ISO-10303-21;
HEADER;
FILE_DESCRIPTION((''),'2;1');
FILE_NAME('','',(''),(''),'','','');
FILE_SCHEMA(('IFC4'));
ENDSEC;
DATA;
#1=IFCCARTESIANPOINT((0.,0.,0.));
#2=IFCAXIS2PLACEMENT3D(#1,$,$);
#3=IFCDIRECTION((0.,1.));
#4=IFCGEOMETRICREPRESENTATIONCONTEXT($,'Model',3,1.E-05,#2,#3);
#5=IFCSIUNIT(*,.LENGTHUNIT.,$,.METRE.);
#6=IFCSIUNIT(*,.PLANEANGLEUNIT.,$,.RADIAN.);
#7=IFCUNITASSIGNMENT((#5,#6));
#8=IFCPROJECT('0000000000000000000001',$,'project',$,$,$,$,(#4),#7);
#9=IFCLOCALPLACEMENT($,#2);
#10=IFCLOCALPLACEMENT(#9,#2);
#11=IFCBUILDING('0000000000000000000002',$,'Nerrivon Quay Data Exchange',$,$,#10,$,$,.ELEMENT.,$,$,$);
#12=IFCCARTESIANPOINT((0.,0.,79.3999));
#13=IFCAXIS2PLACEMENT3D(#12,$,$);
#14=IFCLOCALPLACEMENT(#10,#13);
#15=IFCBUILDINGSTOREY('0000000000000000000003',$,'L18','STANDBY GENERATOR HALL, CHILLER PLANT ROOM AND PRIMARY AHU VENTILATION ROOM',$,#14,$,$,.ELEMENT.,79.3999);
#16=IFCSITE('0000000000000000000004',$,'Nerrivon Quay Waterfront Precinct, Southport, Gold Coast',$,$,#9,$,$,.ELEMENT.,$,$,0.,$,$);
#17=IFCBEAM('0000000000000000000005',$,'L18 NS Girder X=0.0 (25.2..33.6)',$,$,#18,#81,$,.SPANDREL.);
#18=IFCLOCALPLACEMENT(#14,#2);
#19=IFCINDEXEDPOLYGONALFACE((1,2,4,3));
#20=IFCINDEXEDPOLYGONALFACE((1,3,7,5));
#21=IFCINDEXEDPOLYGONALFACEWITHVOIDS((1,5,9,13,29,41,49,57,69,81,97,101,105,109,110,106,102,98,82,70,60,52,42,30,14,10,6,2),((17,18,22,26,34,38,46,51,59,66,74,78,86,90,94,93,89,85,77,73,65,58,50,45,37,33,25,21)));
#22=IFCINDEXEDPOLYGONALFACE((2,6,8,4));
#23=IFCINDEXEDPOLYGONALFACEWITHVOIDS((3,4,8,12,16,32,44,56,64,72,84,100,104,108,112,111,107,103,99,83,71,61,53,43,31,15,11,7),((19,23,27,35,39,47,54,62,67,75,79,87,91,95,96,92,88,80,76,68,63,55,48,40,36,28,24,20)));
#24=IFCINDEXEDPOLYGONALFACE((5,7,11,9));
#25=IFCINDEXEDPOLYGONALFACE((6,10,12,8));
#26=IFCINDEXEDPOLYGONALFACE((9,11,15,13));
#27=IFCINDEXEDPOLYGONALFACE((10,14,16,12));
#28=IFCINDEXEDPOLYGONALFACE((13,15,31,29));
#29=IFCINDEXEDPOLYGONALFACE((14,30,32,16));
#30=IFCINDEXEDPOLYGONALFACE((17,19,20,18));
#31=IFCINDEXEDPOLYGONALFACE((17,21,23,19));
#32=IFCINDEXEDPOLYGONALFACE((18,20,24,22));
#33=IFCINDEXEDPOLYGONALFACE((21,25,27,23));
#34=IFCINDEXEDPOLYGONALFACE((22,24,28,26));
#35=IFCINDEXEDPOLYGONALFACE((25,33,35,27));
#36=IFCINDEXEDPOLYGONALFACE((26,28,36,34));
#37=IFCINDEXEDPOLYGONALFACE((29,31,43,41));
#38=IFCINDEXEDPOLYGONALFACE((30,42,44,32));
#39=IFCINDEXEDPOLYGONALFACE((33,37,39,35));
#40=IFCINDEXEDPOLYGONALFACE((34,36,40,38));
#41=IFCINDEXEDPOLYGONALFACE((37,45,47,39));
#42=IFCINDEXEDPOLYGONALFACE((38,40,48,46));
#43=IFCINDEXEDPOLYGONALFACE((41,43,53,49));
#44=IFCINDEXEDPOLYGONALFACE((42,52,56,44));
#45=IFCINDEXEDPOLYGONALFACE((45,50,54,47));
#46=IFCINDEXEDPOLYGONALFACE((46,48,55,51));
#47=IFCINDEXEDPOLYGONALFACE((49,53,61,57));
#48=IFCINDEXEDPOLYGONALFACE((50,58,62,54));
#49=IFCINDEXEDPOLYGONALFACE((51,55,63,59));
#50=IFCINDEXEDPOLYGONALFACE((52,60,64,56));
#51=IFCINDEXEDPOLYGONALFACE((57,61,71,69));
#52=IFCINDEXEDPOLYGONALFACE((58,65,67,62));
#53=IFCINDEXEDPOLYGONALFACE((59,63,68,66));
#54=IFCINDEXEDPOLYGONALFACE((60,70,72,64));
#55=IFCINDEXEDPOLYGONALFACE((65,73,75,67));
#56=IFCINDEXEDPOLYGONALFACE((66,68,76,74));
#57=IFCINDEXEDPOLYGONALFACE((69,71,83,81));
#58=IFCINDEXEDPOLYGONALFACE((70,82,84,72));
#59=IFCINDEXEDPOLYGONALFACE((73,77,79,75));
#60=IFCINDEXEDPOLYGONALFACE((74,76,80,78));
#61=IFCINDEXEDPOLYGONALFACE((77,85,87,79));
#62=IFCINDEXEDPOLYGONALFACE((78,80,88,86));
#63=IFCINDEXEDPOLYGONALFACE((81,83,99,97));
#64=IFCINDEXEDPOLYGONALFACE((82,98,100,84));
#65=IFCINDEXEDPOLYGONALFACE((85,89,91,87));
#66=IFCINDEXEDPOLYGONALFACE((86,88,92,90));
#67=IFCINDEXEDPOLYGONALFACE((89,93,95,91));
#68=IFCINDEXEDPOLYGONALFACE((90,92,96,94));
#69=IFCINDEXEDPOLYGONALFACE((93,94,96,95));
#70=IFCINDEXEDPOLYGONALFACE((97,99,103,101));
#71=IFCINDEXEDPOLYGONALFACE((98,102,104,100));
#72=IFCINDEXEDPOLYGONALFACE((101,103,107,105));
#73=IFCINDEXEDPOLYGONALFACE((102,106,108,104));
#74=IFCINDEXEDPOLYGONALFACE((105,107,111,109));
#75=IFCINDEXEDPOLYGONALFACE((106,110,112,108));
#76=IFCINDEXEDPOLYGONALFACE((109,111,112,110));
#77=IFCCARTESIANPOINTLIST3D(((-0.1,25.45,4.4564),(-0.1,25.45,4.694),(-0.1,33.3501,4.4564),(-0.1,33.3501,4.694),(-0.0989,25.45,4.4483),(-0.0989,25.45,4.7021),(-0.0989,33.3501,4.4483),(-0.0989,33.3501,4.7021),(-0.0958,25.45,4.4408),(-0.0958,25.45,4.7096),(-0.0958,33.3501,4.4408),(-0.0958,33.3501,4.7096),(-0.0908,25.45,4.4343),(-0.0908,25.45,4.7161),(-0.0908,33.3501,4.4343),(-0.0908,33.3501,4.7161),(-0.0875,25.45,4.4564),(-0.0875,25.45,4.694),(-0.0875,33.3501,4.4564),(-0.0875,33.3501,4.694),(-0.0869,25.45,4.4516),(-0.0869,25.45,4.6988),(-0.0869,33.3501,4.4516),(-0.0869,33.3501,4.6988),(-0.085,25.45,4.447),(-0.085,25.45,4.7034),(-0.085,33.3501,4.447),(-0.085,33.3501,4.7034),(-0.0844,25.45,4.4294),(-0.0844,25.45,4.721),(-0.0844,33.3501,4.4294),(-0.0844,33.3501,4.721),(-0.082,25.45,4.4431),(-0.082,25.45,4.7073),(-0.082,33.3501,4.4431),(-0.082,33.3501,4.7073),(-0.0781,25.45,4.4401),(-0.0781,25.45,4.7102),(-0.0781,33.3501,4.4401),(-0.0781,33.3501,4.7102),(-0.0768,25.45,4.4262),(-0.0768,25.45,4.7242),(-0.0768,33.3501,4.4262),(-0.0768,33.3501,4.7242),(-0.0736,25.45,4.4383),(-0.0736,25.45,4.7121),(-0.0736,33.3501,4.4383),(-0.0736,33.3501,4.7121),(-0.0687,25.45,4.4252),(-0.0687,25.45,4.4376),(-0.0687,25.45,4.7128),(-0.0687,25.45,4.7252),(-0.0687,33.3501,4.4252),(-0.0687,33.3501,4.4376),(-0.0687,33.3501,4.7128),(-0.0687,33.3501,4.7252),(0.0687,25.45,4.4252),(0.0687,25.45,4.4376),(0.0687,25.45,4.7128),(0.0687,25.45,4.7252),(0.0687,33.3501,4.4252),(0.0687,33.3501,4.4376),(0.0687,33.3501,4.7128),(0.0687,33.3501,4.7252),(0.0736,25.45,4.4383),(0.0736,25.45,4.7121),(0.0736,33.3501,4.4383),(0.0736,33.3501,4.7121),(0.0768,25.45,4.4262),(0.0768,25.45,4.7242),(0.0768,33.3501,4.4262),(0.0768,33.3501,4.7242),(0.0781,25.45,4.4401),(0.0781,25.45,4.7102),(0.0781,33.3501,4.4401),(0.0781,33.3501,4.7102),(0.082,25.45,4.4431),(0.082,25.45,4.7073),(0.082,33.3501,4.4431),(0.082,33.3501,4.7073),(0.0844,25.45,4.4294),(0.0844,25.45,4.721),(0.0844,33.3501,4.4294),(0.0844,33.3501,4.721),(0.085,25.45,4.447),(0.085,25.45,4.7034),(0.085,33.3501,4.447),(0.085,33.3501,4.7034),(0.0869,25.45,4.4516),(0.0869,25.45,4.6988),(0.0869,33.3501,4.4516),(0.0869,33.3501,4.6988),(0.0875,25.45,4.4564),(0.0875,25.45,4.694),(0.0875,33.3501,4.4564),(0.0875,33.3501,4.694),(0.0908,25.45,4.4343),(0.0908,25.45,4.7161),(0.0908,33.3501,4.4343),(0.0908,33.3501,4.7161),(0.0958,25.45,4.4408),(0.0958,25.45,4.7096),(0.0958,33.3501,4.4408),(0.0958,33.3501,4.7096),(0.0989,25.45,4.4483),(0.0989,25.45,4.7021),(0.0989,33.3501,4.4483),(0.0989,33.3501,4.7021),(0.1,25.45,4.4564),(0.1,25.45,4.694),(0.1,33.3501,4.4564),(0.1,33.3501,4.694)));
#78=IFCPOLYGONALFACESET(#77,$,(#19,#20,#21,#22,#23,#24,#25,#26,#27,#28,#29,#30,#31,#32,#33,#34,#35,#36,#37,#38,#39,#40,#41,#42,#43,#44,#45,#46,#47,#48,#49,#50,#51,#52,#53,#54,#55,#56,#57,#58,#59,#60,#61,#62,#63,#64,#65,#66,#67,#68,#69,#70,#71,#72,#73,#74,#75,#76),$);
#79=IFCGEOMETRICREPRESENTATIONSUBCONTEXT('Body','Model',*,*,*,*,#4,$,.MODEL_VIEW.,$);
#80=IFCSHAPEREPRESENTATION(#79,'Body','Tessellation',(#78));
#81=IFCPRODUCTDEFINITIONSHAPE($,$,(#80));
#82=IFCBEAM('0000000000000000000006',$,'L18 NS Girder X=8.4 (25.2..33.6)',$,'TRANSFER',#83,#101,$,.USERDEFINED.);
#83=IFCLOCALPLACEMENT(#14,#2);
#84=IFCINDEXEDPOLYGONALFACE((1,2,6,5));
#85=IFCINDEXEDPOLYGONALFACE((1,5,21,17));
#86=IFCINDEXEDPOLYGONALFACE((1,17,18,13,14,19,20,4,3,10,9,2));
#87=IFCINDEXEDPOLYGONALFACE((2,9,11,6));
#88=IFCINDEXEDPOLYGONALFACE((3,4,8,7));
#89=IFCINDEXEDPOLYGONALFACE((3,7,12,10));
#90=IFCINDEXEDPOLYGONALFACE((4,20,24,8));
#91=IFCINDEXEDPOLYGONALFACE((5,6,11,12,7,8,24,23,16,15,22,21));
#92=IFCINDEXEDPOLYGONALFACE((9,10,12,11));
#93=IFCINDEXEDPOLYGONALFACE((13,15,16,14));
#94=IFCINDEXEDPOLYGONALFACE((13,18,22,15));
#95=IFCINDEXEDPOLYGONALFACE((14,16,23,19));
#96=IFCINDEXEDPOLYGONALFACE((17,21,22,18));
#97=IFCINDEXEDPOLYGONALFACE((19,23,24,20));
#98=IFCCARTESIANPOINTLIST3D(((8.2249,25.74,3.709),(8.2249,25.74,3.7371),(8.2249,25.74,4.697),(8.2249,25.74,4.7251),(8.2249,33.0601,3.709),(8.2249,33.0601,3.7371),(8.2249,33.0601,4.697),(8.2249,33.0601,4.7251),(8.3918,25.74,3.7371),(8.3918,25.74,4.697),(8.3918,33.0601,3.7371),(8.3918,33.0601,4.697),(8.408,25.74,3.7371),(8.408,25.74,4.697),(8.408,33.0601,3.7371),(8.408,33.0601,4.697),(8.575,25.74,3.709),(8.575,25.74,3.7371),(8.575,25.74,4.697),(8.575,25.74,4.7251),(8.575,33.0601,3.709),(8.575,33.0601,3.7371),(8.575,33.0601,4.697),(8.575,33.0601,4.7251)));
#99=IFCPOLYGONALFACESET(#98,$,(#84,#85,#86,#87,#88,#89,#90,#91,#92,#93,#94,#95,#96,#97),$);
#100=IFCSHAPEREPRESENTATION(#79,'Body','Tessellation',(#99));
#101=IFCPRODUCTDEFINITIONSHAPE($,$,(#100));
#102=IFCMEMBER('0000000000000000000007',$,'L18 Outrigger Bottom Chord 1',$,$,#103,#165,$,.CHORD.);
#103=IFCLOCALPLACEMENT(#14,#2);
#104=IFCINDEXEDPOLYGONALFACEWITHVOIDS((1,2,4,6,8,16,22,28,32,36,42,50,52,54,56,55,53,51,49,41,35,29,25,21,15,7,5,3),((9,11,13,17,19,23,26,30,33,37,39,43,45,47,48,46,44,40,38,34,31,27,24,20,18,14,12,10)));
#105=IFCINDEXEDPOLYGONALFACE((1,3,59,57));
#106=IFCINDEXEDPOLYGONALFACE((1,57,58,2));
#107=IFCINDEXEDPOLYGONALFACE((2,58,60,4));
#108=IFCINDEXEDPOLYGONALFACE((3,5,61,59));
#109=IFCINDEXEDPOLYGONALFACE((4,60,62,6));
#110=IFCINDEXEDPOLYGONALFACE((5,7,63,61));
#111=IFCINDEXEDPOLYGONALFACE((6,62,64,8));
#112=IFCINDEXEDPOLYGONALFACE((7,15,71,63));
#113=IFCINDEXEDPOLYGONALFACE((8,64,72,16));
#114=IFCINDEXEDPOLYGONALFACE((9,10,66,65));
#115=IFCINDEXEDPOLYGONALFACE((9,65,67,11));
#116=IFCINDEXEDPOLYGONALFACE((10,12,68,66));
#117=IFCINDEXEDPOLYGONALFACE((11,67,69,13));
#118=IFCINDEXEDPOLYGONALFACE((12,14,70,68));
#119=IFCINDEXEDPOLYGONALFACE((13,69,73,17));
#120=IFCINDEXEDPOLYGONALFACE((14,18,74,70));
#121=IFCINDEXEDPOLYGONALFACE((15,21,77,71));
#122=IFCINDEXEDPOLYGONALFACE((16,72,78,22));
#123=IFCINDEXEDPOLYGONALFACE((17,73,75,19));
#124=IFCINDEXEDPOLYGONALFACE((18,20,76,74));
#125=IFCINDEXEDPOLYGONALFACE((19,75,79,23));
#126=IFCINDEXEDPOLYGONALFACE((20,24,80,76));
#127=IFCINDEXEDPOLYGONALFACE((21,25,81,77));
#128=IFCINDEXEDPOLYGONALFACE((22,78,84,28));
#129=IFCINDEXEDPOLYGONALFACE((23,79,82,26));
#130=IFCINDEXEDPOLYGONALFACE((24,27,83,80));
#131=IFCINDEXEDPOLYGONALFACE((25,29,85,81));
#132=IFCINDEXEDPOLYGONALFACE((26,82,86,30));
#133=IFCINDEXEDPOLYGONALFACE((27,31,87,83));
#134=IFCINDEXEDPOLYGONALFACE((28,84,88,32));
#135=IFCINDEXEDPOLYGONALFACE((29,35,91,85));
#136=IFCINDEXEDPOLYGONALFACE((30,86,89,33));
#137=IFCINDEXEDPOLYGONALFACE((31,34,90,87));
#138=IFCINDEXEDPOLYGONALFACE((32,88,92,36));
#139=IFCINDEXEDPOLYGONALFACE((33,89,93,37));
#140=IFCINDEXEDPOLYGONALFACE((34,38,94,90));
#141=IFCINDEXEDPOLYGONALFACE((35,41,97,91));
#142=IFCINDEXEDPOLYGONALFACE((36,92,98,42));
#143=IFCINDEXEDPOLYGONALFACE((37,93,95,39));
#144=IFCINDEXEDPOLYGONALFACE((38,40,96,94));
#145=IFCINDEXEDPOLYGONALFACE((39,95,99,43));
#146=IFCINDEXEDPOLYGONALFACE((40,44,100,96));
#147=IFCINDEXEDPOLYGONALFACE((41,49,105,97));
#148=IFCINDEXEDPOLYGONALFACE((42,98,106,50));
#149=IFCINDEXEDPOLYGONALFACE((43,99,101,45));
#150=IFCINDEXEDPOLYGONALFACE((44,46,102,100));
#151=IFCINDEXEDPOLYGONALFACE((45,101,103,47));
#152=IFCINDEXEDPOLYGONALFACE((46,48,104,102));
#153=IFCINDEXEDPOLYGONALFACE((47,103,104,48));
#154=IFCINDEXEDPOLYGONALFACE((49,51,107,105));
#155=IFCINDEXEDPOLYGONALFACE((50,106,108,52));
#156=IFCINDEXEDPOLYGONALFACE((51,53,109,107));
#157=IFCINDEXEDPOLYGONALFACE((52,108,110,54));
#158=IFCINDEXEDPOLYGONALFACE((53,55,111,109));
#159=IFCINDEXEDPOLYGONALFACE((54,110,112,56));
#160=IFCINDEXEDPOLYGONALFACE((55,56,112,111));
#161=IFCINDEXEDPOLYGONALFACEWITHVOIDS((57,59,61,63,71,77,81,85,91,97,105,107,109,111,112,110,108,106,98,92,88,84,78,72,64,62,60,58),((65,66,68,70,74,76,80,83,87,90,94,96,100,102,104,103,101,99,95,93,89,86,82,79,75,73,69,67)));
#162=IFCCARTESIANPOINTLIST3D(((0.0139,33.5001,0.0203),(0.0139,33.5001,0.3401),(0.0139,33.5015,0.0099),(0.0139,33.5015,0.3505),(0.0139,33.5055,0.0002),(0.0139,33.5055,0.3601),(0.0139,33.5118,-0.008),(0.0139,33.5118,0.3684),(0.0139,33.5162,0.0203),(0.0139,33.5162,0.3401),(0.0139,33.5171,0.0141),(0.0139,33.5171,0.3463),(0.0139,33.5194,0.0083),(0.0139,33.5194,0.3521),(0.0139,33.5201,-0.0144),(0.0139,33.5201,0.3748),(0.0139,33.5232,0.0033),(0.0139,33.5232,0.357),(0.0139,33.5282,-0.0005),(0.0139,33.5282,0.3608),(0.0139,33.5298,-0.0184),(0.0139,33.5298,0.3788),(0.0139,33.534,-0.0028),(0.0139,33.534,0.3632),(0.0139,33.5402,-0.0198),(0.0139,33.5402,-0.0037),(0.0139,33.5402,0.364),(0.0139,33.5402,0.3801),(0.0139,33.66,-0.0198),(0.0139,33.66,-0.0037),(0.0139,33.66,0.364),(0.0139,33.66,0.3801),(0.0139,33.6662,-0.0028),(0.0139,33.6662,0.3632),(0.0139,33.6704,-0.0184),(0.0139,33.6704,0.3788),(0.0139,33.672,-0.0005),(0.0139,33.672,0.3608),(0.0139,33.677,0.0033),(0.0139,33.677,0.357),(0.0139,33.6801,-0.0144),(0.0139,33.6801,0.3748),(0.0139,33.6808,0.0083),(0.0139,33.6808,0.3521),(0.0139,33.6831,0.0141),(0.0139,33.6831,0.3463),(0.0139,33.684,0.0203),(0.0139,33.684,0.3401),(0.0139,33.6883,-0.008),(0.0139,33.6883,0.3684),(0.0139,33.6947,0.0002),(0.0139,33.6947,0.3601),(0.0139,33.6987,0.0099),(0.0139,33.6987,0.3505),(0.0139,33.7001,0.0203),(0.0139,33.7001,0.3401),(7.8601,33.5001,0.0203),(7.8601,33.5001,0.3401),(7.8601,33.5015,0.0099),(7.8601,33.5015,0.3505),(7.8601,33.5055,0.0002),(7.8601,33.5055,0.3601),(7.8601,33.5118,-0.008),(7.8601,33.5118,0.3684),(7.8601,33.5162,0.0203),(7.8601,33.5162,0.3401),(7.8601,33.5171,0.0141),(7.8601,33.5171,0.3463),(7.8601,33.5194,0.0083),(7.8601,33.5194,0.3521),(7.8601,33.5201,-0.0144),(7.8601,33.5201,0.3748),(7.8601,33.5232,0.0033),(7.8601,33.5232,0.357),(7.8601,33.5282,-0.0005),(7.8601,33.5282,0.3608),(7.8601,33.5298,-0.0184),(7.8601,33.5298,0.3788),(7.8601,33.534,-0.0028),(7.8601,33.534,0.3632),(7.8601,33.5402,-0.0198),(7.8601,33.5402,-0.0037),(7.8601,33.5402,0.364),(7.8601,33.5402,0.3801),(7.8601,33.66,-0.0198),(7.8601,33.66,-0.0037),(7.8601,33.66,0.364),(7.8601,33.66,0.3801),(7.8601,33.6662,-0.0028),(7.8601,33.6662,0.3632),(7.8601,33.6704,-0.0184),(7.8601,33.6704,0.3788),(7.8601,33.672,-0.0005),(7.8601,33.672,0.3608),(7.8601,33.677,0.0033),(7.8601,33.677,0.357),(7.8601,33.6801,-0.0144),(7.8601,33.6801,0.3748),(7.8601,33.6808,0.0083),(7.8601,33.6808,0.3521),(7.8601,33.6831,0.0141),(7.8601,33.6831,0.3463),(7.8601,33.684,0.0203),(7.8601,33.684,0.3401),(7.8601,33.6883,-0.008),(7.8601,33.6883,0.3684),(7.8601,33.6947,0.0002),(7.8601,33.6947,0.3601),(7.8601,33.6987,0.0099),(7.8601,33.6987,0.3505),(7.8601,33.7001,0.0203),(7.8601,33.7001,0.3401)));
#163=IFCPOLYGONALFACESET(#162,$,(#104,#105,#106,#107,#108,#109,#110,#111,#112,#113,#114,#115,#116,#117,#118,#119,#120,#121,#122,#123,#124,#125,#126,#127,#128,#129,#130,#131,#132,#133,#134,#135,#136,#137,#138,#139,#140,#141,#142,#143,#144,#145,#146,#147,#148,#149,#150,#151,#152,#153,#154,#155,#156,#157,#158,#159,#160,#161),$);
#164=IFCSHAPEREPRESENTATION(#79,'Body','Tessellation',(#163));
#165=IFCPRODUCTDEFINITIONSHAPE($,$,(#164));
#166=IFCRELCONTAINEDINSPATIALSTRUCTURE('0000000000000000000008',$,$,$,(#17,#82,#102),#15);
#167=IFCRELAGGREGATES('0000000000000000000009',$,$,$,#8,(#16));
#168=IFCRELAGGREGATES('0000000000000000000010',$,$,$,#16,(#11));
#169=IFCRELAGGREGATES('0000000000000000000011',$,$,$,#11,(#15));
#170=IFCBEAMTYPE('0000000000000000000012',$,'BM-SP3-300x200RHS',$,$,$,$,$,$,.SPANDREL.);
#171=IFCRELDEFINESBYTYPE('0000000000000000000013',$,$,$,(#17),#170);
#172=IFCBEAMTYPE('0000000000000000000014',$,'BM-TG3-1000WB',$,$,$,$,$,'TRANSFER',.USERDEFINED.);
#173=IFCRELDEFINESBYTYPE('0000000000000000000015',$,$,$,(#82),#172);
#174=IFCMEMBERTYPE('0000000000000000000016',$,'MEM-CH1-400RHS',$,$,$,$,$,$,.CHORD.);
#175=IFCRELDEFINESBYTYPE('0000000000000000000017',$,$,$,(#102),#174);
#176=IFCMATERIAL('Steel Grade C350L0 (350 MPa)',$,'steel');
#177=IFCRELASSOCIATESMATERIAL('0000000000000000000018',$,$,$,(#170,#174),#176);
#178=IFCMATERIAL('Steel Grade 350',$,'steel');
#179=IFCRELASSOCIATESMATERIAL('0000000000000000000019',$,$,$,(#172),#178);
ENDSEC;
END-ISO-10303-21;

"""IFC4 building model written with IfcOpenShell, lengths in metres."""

from ifc_helpers import new_model, si_unit, direction, frame, origin, origin_2d, place, context, subcontext, project, spatial, hollow_rectangle, i_section, extrude, material, material_profile, profile_set, type_object, element, save


model = new_model("IFC4")

# Units and contexts
model_context = context("Model", 3, precision=1e-05, world=origin(), true_north=direction((0.0, 1.0)))
body_context = subcontext(model_context, "Body", "Model", "MODEL_VIEW")
ifc_project = project(units=[si_unit("LENGTHUNIT", "METRE"), si_unit("PLANEANGLEUNIT", "RADIAN")], contexts=[model_context])

# Site, building, storey
site_placement = place(None, origin())
site = spatial("IfcSite", under=ifc_project, at=site_placement, Name="Nerrivon Quay Waterfront Precinct, Southport, Gold Coast", CompositionType="ELEMENT", RefElevation=0.0)
building_placement = place(site_placement, origin())
building = spatial("IfcBuilding", under=site, at=building_placement, Name="Nerrivon Quay Data Exchange", CompositionType="ELEMENT")
storey_placement = place(building_placement, frame((0.0, 0.0, 79.3999)))
storey = spatial("IfcBuildingStorey", under=building, at=storey_placement, Name="L18", Description="STANDBY GENERATOR HALL, CHILLER PLANT ROOM AND PRIMARY AHU VENTILATION ROOM", CompositionType="ELEMENT", Elevation=79.3999)

# Shared definitions
ifc_material_1 = material(Name="Steel Grade 350", Category="steel")

# Beams
ifc_material_2 = material(Name="Steel Grade C350L0 (350 MPa)", Category="steel")
ifc_material_profile_1 = material_profile(ifc_material_2, hollow_rectangle(XDim=0.2, YDim=0.3, WallThickness=0.0125, InnerFilletRadius=0.0188, OuterFilletRadius=0.0312, at=origin_2d()), Name="300x200x12.5RHS")
ifc_profile_set_1 = profile_set([ifc_material_profile_1], Name="Steel Grade C350L0 (350 MPa)")
beam_type_1 = type_object("IfcBeamType", Name="BM-SP3-300x200RHS", PredefinedType="SPANDREL", material=ifc_profile_set_1)
beam_1_placement = place(storey_placement, frame((0.0, 25.45, 4.5752), z_axis=(0.0, 1.0, 0.0), x_axis=(-1.0, 0.0, 0.0)))
element("IfcBeam", 1, at=beam_1_placement, inside=storey, type_object=beam_type_1, Name="L18 NS Girder X=0.0 (25.2..33.6)", PredefinedType="SPANDREL", context=body_context, shape_type="SweptSolid", body=[
    extrude(hollow_rectangle(XDim=0.2, YDim=0.3, WallThickness=0.0125, InnerFilletRadius=0.0188, OuterFilletRadius=0.0312, at=origin_2d()), origin(), (0.0, 0.0, 1.0), 7.9001),
])
ifc_material_profile_2 = material_profile(ifc_material_1, i_section(OverallWidth=0.3501, OverallDepth=1.0161, WebThickness=0.0161, FlangeThickness=0.0281, at=origin_2d()), Name="1000WB258")
ifc_profile_set_2 = profile_set([ifc_material_profile_2], Name="Steel Grade 350")
beam_type_2 = type_object("IfcBeamType", Name="BM-TG3-1000WB", ElementType="TRANSFER", PredefinedType="USERDEFINED", material=ifc_profile_set_2)
beam_2_placement = place(storey_placement, frame((8.3999, 25.74, 4.217), z_axis=(0.0, 1.0, 0.0), x_axis=(-1.0, 0.0, 0.0)))
element("IfcBeam", 2, at=beam_2_placement, inside=storey, type_object=beam_type_2, Name="L18 NS Girder X=8.4 (25.2..33.6)", ObjectType="TRANSFER", PredefinedType="USERDEFINED", context=body_context, shape_type="SweptSolid", body=[
    extrude(i_section(OverallWidth=0.3501, OverallDepth=1.0161, WebThickness=0.0161, FlangeThickness=0.0281, at=origin_2d()), origin(), (0.0, 0.0, 1.0), 7.3201),
])

# Member
ifc_material_profile_3 = material_profile(ifc_material_2, hollow_rectangle(XDim=0.2, YDim=0.3999, WallThickness=0.0161, InnerFilletRadius=0.0239, OuterFilletRadius=0.04, at=origin_2d()), Name="400x200x16.0RHS")
ifc_profile_set_3 = profile_set([ifc_material_profile_3], Name="Steel Grade C350L0 (350 MPa)")
member_type_1 = type_object("IfcMemberType", Name="MEM-CH1-400RHS", PredefinedType="CHORD", material=ifc_profile_set_3)
member_1_placement = place(storey_placement, frame((0.0139, 33.6001, 0.1802), z_axis=(1.0, 0.0, 0.0), x_axis=(0.0, 1.0, 0.0)))
element("IfcMember", 3, at=member_1_placement, inside=storey, type_object=member_type_1, Name="L18 Outrigger Bottom Chord 1", PredefinedType="CHORD", context=body_context, shape_type="SweptSolid", body=[
    extrude(hollow_rectangle(XDim=0.2, YDim=0.3999, WallThickness=0.0161, InnerFilletRadius=0.0239, OuterFilletRadius=0.04, at=origin_2d()), origin(), (0.0, 0.0, 1.0), 7.8462),
])

save(model, "model.ifc")
